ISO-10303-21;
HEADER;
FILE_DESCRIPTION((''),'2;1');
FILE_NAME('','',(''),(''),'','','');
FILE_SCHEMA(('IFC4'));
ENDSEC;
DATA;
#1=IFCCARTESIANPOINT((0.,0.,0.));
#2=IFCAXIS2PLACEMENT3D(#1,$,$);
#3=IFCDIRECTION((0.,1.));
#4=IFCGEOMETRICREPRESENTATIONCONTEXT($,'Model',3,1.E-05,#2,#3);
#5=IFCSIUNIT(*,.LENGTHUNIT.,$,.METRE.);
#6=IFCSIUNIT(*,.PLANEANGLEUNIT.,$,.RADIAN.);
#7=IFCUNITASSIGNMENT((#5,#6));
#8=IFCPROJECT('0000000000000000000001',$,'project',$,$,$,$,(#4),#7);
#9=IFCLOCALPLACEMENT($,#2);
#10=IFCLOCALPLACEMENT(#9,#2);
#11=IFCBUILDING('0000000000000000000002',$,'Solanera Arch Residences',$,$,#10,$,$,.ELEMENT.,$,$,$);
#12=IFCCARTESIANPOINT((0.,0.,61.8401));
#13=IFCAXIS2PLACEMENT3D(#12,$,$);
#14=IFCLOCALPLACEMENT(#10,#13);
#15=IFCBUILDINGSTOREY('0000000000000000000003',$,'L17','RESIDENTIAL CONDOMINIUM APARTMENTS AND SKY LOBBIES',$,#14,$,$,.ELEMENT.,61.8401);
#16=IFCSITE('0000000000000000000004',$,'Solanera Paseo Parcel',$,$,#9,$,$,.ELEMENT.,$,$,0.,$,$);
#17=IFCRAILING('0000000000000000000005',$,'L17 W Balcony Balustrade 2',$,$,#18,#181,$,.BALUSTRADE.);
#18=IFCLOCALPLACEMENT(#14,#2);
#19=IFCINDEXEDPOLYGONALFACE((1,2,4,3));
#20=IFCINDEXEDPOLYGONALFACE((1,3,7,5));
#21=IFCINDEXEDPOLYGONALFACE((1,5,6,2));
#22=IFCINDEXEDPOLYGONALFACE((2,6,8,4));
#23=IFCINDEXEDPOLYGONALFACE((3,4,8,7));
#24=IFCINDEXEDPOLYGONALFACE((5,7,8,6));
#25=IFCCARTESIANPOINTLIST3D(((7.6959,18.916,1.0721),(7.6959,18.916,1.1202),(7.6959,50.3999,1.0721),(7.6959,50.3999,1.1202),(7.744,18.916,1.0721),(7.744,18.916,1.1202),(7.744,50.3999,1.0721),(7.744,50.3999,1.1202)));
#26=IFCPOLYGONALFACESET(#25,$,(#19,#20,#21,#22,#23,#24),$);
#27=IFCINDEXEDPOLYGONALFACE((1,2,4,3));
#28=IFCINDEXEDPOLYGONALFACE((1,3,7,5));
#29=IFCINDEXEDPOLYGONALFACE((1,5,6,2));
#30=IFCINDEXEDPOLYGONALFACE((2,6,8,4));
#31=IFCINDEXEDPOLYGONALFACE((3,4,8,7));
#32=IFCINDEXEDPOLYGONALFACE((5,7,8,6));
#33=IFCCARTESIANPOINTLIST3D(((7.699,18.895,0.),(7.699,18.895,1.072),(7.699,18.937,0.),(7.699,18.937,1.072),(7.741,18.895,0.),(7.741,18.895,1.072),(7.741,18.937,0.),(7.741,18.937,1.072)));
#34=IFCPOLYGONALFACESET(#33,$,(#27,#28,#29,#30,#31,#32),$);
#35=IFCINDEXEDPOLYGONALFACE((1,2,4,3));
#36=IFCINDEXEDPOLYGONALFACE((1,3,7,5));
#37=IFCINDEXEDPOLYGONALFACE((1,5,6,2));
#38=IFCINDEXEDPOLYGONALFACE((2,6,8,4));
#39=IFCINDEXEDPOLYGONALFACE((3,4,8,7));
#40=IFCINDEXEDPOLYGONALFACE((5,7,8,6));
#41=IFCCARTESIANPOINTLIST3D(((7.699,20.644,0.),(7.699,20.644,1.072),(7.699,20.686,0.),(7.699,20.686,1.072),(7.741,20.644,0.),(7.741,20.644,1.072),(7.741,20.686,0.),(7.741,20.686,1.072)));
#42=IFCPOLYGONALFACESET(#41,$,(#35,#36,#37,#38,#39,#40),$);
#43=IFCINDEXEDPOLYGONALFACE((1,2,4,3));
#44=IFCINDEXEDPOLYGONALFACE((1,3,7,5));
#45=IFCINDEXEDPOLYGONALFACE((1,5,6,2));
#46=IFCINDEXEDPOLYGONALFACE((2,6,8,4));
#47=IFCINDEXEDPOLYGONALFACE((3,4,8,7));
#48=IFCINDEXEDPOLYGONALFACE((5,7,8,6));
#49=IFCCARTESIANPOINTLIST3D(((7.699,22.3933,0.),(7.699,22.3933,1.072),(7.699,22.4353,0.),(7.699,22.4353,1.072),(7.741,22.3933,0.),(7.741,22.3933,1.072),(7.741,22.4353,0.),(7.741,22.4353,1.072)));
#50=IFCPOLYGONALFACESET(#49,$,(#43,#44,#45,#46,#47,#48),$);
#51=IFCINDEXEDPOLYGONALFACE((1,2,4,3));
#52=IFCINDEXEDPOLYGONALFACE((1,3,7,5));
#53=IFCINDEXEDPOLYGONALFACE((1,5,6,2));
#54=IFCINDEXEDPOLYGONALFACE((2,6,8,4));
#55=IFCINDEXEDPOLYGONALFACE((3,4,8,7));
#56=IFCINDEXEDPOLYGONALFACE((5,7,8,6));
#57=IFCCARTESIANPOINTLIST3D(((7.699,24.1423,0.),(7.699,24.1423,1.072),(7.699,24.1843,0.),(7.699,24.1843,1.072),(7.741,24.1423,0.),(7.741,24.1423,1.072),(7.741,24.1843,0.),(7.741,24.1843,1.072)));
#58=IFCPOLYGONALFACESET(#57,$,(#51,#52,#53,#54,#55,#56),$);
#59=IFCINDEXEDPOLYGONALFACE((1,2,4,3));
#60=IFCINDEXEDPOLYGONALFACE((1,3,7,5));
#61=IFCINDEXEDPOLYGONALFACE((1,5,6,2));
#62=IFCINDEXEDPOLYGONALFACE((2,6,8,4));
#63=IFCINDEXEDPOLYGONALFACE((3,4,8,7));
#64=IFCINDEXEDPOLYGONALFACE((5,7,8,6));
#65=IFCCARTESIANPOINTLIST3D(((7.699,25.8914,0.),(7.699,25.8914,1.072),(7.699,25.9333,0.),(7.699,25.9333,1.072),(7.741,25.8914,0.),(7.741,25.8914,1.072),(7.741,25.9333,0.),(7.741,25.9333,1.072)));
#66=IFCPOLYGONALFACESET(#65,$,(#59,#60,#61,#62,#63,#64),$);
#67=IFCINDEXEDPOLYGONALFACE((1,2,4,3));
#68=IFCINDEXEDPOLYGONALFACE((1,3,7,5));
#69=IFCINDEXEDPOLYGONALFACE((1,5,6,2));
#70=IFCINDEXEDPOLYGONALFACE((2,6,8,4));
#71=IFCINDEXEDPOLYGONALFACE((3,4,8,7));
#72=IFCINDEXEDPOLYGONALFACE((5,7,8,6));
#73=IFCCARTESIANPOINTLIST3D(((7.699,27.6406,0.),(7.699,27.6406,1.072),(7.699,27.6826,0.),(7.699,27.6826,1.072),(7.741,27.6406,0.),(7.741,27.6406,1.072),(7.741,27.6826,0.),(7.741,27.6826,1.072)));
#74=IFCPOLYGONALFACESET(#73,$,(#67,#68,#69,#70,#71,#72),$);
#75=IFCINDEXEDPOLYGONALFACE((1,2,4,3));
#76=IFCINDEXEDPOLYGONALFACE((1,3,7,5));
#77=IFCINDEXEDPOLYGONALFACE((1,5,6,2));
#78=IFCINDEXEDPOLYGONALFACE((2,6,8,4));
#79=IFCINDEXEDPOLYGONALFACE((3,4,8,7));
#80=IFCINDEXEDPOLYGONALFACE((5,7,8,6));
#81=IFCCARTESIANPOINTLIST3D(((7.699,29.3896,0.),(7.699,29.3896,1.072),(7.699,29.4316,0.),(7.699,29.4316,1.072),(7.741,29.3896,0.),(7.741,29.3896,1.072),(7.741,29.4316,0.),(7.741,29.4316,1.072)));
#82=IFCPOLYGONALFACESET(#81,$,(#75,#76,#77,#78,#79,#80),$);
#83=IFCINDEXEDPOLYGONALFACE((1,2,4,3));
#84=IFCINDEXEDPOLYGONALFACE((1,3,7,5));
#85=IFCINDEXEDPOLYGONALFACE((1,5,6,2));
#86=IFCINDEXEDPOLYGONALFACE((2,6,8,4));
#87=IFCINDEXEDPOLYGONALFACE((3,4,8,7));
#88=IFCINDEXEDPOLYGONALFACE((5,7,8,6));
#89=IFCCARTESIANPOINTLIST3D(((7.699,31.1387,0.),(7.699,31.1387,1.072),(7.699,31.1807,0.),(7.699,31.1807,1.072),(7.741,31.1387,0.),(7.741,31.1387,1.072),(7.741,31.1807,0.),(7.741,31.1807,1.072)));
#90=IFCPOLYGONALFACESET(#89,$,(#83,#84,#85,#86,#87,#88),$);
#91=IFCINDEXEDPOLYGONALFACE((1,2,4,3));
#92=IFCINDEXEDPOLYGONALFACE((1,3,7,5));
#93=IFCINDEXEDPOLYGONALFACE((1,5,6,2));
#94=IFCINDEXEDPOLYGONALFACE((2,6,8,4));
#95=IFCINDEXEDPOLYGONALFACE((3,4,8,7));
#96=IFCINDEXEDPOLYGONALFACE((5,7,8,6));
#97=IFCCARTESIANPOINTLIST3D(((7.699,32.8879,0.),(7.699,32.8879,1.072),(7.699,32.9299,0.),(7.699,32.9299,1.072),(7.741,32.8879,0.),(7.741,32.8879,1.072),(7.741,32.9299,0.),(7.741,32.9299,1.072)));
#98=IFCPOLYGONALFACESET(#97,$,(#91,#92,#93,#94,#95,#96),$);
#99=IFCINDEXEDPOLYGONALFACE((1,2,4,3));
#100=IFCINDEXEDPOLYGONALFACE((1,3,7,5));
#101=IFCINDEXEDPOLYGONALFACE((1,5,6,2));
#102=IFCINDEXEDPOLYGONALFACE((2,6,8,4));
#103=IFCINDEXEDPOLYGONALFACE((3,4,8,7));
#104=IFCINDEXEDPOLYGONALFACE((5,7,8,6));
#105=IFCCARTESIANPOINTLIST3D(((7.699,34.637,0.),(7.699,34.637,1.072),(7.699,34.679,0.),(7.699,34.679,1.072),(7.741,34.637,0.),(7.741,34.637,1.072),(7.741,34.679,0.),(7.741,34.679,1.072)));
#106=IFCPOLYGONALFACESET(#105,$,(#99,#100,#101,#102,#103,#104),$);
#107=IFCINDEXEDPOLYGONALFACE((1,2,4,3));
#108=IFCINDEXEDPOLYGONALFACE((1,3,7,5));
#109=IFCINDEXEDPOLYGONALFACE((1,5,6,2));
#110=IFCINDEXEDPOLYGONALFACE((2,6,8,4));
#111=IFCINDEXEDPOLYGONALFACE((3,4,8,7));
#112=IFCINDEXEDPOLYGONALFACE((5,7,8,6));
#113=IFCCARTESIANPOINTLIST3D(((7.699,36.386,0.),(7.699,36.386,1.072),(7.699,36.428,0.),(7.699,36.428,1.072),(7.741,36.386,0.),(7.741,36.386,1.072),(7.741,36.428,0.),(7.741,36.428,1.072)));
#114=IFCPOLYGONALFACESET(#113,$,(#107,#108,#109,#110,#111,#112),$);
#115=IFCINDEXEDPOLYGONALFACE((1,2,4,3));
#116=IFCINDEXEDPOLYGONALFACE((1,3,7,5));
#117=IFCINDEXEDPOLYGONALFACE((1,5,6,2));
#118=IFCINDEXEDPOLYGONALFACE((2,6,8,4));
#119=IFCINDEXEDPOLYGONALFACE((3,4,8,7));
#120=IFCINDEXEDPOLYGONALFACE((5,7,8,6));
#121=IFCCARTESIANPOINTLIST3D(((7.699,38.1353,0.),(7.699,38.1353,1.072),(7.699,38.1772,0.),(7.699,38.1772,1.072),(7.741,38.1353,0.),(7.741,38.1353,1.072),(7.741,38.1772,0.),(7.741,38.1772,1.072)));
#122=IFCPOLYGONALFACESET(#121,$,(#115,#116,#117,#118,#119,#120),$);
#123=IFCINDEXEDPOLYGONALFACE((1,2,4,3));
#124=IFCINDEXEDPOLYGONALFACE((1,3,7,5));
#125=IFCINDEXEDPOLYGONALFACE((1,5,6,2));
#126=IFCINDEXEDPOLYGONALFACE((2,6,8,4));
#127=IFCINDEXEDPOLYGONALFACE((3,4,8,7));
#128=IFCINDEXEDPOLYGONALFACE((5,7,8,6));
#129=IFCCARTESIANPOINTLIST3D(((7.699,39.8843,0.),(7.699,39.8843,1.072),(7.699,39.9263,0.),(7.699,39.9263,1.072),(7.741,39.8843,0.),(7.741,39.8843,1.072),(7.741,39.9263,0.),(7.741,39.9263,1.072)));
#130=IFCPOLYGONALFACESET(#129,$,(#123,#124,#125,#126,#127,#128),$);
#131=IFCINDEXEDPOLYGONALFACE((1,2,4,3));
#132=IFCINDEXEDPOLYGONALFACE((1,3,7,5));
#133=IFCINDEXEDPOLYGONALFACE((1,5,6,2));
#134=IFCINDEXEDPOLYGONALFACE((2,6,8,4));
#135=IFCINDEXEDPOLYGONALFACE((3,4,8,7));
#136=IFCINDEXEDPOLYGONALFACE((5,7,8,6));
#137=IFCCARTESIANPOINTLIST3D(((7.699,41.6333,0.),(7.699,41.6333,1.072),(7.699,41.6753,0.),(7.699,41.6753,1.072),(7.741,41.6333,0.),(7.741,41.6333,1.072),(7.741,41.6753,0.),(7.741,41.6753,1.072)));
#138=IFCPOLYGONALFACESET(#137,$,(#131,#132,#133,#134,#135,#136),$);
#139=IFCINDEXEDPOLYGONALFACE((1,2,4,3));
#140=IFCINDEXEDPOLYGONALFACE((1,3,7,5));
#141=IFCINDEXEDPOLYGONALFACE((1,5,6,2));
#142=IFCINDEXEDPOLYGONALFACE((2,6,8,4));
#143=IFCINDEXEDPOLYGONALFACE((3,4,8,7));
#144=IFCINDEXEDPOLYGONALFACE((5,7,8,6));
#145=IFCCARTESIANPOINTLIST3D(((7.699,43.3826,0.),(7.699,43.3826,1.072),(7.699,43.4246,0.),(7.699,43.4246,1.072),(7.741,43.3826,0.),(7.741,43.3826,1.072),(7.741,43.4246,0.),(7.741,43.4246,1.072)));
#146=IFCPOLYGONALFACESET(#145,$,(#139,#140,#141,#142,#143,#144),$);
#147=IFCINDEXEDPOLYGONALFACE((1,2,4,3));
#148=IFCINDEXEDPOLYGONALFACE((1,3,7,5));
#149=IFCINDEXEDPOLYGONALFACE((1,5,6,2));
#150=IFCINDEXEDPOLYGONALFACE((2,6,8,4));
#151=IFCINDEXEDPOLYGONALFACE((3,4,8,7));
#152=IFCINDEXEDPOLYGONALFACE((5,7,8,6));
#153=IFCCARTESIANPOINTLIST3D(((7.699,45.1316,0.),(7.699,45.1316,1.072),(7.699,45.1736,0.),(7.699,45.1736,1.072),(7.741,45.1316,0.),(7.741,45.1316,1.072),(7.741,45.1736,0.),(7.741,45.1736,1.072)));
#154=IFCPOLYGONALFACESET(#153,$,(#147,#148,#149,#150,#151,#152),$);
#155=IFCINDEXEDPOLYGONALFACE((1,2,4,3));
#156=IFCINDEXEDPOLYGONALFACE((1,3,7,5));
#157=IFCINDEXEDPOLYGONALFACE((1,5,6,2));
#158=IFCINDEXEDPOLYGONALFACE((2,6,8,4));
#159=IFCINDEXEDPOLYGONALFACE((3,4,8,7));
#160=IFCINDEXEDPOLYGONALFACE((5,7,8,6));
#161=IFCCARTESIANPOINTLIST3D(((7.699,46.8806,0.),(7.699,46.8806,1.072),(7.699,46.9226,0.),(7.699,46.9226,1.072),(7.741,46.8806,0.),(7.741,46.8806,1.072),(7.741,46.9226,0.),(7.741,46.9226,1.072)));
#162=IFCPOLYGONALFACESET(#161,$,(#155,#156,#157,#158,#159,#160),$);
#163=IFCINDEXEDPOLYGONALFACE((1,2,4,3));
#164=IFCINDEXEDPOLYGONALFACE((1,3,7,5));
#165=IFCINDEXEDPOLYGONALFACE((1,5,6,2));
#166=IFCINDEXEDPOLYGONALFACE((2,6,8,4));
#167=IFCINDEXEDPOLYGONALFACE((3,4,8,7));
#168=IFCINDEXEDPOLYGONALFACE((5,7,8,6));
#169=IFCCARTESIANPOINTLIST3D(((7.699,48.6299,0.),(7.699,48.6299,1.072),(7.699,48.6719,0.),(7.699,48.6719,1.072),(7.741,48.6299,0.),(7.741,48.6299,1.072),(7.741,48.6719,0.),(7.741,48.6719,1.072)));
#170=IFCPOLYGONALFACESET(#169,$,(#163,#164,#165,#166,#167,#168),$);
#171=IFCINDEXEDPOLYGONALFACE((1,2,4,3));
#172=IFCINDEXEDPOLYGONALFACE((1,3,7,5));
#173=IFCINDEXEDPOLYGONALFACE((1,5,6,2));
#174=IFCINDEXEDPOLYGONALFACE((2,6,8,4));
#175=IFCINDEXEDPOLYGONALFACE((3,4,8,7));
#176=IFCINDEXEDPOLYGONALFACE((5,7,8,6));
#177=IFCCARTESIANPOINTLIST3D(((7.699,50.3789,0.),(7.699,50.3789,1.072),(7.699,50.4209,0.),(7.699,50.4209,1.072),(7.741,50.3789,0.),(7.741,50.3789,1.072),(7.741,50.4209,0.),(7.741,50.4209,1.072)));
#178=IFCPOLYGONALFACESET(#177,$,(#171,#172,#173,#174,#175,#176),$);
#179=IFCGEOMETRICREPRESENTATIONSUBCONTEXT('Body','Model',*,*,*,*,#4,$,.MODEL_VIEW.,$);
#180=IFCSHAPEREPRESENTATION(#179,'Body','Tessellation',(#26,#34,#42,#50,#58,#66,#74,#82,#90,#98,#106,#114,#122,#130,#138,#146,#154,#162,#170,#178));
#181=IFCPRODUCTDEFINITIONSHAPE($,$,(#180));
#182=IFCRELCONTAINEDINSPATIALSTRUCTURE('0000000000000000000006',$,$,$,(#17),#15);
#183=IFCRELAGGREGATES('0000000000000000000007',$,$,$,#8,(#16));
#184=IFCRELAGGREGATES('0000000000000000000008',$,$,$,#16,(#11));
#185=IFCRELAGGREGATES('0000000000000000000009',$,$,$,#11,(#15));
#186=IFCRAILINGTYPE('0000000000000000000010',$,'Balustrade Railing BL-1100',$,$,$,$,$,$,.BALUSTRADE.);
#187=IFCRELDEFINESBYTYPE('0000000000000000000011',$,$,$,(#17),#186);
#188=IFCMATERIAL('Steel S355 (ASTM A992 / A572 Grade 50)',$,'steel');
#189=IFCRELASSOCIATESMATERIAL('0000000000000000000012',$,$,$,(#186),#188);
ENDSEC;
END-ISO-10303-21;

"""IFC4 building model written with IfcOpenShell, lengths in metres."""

from ifc_helpers import new_model, si_unit, direction, frame, origin, origin_2d, place, context, subcontext, project, spatial, rectangle, extrude, material, type_object, element, save


model = new_model("IFC4")

# Units and contexts
model_context = context("Model", 3, precision=1e-05, world=origin(), true_north=direction((0.0, 1.0)))
body_context = subcontext(model_context, "Body", "Model", "MODEL_VIEW")
ifc_project = project(units=[si_unit("LENGTHUNIT", "METRE"), si_unit("PLANEANGLEUNIT", "RADIAN")], contexts=[model_context])

# Site, building, storey
site_placement = place(None, origin())
site = spatial("IfcSite", under=ifc_project, at=site_placement, Name="Solanera Paseo Parcel", CompositionType="ELEMENT", RefElevation=0.0)
building_placement = place(site_placement, origin())
building = spatial("IfcBuilding", under=site, at=building_placement, Name="Solanera Arch Residences", CompositionType="ELEMENT")
storey_placement = place(building_placement, frame((0.0, 0.0, 61.8401)))
storey = spatial("IfcBuildingStorey", under=building, at=storey_placement, Name="L17", Description="RESIDENTIAL CONDOMINIUM APARTMENTS AND SKY LOBBIES", CompositionType="ELEMENT", Elevation=61.8401)

# Railing
ifc_material_1 = material(Name="Steel S355 (ASTM A992 / A572 Grade 50)", Category="steel")
railing_type = type_object("IfcRailingType", Name="Balustrade Railing BL-1100", PredefinedType="BALUSTRADE", material=ifc_material_1)
railing_placement = place(storey_placement, frame((7.72, 18.916, 0.0)))
element("IfcRailing", 1, at=railing_placement, inside=storey, type_object=railing_type, Name="L17 W Balcony Balustrade 2", PredefinedType="BALUSTRADE", context=body_context, shape_type="SweptSolid", body=[
    extrude(rectangle(XDim=0.0481, YDim=0.0481, at=origin_2d()), frame((0.0, 0.0, 1.0962), z_axis=(0.0, 1.0, 0.0), x_axis=(-1.0, 0.0, 0.0)), (0.0, 0.0, 1.0), 31.4839),
    extrude(rectangle(XDim=0.042, YDim=0.042, at=origin_2d()), origin(), (0.0, 0.0, 1.0), 1.072),
    extrude(rectangle(XDim=0.042, YDim=0.042, at=origin_2d()), frame((0.0, 1.749, 0.0)), (0.0, 0.0, 1.0), 1.072),
    extrude(rectangle(XDim=0.042, YDim=0.042, at=origin_2d()), frame((0.0, 3.4983, 0.0)), (0.0, 0.0, 1.0), 1.072),
    extrude(rectangle(XDim=0.042, YDim=0.042, at=origin_2d()), frame((0.0, 5.2473, 0.0)), (0.0, 0.0, 1.0), 1.072),
    extrude(rectangle(XDim=0.042, YDim=0.042, at=origin_2d()), frame((0.0, 6.9963, 0.0)), (0.0, 0.0, 1.0), 1.072),
    extrude(rectangle(XDim=0.042, YDim=0.042, at=origin_2d()), frame((0.0, 8.7456, 0.0)), (0.0, 0.0, 1.0), 1.072),
    extrude(rectangle(XDim=0.042, YDim=0.042, at=origin_2d()), frame((0.0, 10.4946, 0.0)), (0.0, 0.0, 1.0), 1.072),
    extrude(rectangle(XDim=0.042, YDim=0.042, at=origin_2d()), frame((0.0, 12.2437, 0.0)), (0.0, 0.0, 1.0), 1.072),
    extrude(rectangle(XDim=0.042, YDim=0.042, at=origin_2d()), frame((0.0, 13.9929, 0.0)), (0.0, 0.0, 1.0), 1.072),
    extrude(rectangle(XDim=0.042, YDim=0.042, at=origin_2d()), frame((0.0, 15.7419, 0.0)), (0.0, 0.0, 1.0), 1.072),
    extrude(rectangle(XDim=0.042, YDim=0.042, at=origin_2d()), frame((0.0, 17.491, 0.0)), (0.0, 0.0, 1.0), 1.072),
    extrude(rectangle(XDim=0.042, YDim=0.042, at=origin_2d()), frame((0.0, 19.2402, 0.0)), (0.0, 0.0, 1.0), 1.072),
    extrude(rectangle(XDim=0.042, YDim=0.042, at=origin_2d()), frame((0.0, 20.9893, 0.0)), (0.0, 0.0, 1.0), 1.072),
    extrude(rectangle(XDim=0.042, YDim=0.042, at=origin_2d()), frame((0.0, 22.7383, 0.0)), (0.0, 0.0, 1.0), 1.072),
    extrude(rectangle(XDim=0.042, YDim=0.042, at=origin_2d()), frame((0.0, 24.4875, 0.0)), (0.0, 0.0, 1.0), 1.072),
    extrude(rectangle(XDim=0.042, YDim=0.042, at=origin_2d()), frame((0.0, 26.2366, 0.0)), (0.0, 0.0, 1.0), 1.072),
    extrude(rectangle(XDim=0.042, YDim=0.042, at=origin_2d()), frame((0.0, 27.9856, 0.0)), (0.0, 0.0, 1.0), 1.072),
    extrude(rectangle(XDim=0.042, YDim=0.042, at=origin_2d()), frame((0.0, 29.7349, 0.0)), (0.0, 0.0, 1.0), 1.072),
    extrude(rectangle(XDim=0.042, YDim=0.042, at=origin_2d()), frame((0.0, 31.4839, 0.0)), (0.0, 0.0, 1.0), 1.072),
])

save(model, "model.ifc")
